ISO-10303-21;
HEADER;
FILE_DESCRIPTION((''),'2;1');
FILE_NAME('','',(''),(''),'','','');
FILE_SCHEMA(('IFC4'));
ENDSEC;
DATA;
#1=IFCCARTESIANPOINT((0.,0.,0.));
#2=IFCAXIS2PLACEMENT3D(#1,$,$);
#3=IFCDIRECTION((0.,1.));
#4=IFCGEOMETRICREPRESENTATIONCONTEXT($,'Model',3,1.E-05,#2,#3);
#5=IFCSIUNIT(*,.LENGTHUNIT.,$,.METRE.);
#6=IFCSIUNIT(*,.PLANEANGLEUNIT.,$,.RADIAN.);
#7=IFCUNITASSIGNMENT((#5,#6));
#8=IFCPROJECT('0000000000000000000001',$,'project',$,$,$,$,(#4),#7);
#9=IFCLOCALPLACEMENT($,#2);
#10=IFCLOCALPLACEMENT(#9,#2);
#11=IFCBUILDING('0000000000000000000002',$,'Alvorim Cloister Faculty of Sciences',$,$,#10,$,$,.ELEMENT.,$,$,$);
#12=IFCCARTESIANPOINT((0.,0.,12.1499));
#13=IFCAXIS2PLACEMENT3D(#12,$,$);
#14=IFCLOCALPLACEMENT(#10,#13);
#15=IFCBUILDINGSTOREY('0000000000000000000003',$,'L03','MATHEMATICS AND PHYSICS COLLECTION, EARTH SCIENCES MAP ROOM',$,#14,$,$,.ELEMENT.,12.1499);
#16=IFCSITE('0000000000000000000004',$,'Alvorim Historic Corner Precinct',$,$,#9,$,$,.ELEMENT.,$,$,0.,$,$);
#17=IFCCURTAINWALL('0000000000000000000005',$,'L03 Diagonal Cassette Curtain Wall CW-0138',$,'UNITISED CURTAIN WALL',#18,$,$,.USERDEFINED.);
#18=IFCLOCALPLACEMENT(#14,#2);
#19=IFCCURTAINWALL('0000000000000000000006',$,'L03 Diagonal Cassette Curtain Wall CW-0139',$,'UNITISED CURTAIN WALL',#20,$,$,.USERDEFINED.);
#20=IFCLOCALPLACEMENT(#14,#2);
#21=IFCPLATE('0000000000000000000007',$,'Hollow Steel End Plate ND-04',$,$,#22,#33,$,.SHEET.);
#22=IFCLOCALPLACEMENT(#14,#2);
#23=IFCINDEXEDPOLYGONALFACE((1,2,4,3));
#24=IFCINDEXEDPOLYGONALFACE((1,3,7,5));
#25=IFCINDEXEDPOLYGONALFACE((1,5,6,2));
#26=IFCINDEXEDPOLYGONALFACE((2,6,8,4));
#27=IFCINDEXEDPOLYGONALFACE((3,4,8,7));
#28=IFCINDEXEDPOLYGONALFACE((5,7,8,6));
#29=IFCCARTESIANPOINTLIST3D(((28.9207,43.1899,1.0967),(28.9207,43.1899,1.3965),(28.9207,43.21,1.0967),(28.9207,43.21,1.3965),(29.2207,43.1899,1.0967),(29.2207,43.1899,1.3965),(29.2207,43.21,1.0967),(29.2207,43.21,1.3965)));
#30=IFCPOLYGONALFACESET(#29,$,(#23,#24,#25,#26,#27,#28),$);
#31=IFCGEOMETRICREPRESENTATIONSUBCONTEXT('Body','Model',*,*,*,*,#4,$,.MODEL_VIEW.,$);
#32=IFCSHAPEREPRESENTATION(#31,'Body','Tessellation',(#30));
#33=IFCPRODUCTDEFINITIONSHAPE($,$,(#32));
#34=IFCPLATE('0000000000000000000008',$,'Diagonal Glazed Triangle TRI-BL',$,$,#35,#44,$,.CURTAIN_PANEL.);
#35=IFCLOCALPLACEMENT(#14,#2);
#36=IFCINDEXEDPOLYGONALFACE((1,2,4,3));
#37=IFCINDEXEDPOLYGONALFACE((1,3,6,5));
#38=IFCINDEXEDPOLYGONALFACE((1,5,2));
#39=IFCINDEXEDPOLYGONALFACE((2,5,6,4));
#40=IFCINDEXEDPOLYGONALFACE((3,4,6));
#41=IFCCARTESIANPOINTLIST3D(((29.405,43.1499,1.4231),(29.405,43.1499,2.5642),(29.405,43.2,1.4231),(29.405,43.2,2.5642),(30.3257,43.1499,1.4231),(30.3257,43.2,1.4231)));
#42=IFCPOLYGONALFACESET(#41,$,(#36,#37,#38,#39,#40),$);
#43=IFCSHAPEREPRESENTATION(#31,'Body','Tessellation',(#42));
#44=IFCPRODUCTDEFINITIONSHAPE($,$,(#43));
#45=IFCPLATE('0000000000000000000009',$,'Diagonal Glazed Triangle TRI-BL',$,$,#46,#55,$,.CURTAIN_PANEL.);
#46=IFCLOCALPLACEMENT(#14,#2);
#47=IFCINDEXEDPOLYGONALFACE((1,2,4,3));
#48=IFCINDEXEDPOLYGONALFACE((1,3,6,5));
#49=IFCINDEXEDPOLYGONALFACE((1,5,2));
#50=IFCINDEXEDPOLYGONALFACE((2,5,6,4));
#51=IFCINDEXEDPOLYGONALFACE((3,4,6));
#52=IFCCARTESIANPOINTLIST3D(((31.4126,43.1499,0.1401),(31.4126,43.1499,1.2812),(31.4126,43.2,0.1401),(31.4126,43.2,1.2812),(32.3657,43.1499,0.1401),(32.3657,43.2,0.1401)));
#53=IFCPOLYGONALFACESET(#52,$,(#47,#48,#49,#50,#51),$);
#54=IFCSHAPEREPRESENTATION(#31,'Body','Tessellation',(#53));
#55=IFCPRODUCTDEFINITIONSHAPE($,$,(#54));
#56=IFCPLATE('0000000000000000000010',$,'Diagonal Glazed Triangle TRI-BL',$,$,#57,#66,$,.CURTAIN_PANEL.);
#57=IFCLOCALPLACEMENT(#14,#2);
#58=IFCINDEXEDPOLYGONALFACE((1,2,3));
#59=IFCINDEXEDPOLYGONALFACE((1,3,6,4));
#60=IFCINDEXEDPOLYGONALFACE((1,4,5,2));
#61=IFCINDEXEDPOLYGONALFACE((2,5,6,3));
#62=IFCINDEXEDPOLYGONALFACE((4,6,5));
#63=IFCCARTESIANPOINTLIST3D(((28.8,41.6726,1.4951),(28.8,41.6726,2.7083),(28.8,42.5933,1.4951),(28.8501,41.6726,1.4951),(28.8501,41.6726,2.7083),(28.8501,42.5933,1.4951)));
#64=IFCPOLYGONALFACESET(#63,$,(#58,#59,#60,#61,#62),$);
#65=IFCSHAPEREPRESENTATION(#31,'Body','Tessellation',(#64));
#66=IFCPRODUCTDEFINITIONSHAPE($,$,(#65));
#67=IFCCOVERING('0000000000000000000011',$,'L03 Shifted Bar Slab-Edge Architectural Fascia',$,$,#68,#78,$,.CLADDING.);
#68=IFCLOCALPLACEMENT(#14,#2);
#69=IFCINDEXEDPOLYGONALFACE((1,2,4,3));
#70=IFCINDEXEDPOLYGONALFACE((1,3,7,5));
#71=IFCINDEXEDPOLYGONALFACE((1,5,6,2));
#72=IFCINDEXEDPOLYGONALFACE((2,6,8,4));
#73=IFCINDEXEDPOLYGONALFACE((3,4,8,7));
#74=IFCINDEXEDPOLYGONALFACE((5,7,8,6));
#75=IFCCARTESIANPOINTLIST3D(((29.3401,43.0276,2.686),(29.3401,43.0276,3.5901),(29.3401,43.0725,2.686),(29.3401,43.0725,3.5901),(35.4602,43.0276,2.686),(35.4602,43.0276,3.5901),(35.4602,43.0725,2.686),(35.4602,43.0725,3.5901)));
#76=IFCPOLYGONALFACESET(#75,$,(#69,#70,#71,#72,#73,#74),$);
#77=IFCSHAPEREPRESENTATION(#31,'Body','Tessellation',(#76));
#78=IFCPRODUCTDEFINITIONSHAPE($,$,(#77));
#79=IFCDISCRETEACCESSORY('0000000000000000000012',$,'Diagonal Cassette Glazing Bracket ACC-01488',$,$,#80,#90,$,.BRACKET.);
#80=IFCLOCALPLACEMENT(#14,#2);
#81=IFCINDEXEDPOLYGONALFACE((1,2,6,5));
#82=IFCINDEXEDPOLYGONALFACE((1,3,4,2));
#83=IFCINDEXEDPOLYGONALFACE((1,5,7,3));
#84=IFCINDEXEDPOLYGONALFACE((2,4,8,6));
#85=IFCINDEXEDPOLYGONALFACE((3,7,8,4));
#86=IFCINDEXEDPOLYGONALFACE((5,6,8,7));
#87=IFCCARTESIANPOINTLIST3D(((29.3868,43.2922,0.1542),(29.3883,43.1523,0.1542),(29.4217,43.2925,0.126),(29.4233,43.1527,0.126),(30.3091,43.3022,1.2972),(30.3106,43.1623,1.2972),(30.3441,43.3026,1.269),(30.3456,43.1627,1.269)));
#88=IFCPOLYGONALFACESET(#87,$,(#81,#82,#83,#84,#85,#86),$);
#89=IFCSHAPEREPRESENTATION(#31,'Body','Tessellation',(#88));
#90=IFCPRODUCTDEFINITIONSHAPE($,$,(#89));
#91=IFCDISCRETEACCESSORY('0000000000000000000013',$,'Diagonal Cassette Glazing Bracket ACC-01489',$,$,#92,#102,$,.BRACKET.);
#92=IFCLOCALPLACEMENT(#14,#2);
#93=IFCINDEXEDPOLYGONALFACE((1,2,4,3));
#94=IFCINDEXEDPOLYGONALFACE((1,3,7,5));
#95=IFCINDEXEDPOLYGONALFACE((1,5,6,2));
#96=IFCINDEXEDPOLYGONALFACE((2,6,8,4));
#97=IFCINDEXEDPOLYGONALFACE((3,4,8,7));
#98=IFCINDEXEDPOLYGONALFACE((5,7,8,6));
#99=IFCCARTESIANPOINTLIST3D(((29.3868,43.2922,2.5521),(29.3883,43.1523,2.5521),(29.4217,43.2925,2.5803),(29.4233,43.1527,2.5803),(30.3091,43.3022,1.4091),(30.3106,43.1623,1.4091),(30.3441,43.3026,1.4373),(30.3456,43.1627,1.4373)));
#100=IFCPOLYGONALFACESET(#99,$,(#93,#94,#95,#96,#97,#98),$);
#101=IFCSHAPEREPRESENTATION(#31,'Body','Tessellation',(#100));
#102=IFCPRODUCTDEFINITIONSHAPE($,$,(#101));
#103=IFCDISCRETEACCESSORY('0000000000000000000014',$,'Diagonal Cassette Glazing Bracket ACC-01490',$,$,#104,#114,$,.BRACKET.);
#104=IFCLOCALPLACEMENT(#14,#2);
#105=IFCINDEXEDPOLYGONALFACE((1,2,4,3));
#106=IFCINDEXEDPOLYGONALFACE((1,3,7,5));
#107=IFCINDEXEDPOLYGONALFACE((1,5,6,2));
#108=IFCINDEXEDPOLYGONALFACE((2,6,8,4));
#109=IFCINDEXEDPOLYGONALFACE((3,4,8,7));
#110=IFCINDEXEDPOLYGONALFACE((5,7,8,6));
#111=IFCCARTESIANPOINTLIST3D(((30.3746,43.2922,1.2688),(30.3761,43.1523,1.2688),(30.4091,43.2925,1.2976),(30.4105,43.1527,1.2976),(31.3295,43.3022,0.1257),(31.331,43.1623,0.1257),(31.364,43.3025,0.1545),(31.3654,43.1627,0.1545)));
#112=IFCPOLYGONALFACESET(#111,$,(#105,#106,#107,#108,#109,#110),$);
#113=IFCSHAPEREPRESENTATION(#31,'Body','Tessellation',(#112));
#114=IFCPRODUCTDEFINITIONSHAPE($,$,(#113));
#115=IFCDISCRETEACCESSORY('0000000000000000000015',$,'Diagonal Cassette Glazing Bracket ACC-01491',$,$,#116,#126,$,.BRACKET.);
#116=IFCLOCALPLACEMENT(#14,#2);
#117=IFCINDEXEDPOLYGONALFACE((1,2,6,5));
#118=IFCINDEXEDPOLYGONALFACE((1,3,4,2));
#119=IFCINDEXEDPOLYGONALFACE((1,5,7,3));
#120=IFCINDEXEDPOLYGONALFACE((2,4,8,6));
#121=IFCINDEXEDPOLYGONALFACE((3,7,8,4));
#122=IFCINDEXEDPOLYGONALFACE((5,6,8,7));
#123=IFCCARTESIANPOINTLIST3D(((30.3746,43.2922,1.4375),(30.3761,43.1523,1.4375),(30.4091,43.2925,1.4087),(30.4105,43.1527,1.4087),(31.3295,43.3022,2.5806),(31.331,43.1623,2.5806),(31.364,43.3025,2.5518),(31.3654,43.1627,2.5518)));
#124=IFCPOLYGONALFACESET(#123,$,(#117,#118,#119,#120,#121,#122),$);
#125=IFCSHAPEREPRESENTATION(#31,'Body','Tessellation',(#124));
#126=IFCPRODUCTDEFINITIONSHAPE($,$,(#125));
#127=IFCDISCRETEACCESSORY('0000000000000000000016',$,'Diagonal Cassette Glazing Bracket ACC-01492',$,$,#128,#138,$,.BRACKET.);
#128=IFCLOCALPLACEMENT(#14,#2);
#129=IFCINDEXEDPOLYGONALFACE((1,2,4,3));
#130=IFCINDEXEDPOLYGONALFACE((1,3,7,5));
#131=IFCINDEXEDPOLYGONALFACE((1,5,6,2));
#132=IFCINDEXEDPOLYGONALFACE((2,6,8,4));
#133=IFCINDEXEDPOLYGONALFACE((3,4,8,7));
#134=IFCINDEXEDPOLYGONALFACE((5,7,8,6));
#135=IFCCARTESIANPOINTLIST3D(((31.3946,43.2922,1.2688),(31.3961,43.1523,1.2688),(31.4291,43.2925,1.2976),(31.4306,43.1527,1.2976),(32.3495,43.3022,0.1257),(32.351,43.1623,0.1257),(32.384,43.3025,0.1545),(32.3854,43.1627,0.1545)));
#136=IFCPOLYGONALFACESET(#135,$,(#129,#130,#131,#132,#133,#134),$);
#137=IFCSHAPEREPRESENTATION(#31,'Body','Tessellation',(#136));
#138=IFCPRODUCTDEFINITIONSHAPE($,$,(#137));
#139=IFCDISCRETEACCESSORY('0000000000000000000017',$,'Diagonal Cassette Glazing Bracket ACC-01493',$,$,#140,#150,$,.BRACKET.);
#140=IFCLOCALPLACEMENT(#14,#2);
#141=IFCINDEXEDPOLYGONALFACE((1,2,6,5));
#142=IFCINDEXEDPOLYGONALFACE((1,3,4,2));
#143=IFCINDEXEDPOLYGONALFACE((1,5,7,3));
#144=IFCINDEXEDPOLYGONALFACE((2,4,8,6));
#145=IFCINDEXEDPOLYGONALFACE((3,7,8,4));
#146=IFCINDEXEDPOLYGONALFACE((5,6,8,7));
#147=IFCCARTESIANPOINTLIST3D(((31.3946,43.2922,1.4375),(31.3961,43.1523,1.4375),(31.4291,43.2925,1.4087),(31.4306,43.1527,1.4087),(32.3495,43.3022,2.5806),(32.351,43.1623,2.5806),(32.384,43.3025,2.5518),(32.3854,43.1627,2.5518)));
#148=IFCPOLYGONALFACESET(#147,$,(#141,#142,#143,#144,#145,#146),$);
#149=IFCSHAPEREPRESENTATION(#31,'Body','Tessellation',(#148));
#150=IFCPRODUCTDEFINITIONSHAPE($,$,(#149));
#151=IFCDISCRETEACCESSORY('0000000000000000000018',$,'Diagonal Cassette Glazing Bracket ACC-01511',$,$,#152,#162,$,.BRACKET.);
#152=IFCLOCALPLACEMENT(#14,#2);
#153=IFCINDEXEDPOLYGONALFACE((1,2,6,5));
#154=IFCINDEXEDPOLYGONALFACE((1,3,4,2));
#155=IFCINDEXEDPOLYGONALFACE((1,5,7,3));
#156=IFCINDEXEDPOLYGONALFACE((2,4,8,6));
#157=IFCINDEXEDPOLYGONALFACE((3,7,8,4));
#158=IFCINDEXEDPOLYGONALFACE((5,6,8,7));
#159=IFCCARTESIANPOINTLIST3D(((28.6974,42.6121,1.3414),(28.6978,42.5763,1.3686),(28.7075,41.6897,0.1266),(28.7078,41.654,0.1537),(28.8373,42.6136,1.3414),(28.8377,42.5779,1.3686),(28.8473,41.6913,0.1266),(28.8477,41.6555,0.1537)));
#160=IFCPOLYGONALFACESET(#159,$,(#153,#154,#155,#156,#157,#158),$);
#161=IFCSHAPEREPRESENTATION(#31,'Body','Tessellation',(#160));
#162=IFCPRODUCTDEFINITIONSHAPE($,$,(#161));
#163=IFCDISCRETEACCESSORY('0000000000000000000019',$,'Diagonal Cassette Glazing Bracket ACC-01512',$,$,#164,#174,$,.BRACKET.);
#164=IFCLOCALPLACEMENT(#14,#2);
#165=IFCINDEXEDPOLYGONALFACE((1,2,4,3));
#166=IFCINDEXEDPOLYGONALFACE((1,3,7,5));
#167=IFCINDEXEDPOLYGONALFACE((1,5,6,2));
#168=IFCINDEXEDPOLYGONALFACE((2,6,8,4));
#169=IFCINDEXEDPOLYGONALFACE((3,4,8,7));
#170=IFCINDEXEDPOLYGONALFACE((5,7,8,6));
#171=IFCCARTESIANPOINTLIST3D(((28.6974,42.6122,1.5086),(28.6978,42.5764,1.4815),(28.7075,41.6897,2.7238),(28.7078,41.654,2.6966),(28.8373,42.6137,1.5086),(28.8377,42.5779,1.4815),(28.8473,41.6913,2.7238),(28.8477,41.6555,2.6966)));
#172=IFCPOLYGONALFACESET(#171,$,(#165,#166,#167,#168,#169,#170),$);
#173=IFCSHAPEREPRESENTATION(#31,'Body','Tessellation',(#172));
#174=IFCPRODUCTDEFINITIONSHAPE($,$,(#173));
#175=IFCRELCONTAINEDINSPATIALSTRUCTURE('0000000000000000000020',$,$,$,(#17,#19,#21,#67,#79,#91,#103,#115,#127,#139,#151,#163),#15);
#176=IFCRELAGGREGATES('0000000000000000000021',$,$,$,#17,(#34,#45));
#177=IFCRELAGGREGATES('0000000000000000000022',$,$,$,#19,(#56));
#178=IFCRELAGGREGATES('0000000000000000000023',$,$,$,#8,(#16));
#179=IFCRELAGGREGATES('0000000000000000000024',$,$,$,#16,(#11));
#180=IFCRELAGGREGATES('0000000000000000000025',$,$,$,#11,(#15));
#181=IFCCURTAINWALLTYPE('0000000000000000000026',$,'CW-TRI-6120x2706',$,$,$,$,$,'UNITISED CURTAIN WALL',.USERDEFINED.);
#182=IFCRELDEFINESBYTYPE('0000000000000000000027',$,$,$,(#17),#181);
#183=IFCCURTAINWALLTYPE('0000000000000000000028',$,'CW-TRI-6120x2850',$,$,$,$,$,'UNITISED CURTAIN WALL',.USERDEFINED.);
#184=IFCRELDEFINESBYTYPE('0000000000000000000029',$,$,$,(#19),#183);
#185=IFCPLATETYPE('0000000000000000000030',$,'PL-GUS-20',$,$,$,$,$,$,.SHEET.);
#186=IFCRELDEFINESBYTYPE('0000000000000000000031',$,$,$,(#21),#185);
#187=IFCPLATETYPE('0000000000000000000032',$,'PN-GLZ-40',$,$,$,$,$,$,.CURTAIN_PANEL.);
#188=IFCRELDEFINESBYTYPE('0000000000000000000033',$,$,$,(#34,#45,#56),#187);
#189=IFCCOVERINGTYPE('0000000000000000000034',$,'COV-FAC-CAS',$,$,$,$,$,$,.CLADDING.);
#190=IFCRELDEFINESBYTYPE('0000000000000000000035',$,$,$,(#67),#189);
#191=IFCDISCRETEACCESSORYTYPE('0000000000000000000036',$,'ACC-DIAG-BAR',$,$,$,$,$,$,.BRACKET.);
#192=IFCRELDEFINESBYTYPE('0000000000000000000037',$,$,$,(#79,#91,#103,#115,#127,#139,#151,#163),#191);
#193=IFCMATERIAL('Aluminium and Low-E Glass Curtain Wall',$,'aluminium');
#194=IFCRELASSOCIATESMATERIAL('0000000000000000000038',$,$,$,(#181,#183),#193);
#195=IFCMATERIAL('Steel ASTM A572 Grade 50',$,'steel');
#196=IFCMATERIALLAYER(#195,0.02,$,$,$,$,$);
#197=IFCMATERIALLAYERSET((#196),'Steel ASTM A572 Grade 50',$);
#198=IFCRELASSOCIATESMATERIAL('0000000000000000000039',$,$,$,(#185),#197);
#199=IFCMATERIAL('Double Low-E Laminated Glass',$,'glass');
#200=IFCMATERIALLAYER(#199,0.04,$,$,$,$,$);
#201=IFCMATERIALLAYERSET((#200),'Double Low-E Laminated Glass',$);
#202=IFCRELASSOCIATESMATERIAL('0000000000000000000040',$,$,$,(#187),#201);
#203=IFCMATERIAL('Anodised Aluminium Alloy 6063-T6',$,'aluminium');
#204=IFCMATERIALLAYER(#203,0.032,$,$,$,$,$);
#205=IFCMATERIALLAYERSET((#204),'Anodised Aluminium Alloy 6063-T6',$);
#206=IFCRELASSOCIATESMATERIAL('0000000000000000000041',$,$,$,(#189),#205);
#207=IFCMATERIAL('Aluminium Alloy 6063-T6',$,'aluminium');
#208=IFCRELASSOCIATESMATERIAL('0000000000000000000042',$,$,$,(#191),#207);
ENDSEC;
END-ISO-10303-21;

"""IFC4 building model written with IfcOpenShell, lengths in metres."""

from ifc_helpers import new_model, si_unit, direction, frame, origin, origin_2d, place, context, subcontext, project, spatial, polyline, rectangle, outline, extrude, material, layer, layer_set, type_object, element, aggregate, save


model = new_model("IFC4")

# Units and contexts
model_context = context("Model", 3, precision=1e-05, world=origin(), true_north=direction((0.0, 1.0)))
body_context = subcontext(model_context, "Body", "Model", "MODEL_VIEW")
ifc_project = project(units=[si_unit("LENGTHUNIT", "METRE"), si_unit("PLANEANGLEUNIT", "RADIAN")], contexts=[model_context])

# Site, building, storey
site_placement = place(None, origin())
site = spatial("IfcSite", under=ifc_project, at=site_placement, Name="Alvorim Historic Corner Precinct", CompositionType="ELEMENT", RefElevation=0.0)
building_placement = place(site_placement, origin())
building = spatial("IfcBuilding", under=site, at=building_placement, Name="Alvorim Cloister Faculty of Sciences", CompositionType="ELEMENT")
storey_placement = place(building_placement, frame((0.0, 0.0, 12.1499)))
storey = spatial("IfcBuildingStorey", under=building, at=storey_placement, Name="L03", Description="MATHEMATICS AND PHYSICS COLLECTION, EARTH SCIENCES MAP ROOM", CompositionType="ELEMENT", Elevation=12.1499)

# Shared definitions
ifc_material_1 = material(Name="Steel ASTM A572 Grade 50", Category="steel")

# Curtain wall
ifc_material_2 = material(Name="Aluminium and Low-E Glass Curtain Wall", Category="aluminium")
curtain_wall_type_1 = type_object("IfcCurtainWallType", Name="CW-TRI-6120x2706", ElementType="UNITISED CURTAIN WALL", PredefinedType="USERDEFINED", material=ifc_material_2)
curtain_wall_1_placement = place(storey_placement, origin())
curtain_wall_1 = element("IfcCurtainWall", 1, at=curtain_wall_1_placement, inside=storey, type_object=curtain_wall_type_1, Name="L03 Diagonal Cassette Curtain Wall CW-0138", ObjectType="UNITISED CURTAIN WALL", PredefinedType="USERDEFINED")
ifc_material_3 = material(Name="Aluminium Alloy 6063-T6", Category="aluminium")

# Curtain wall
curtain_wall_type_2 = type_object("IfcCurtainWallType", Name="CW-TRI-6120x2850", ElementType="UNITISED CURTAIN WALL", PredefinedType="USERDEFINED", material=ifc_material_2)
curtain_wall_2_placement = place(storey_placement, origin())
curtain_wall_2 = element("IfcCurtainWall", 2, at=curtain_wall_2_placement, inside=storey, type_object=curtain_wall_type_2, Name="L03 Diagonal Cassette Curtain Wall CW-0139", ObjectType="UNITISED CURTAIN WALL", PredefinedType="USERDEFINED")

# Plates
ifc_layer_1 = layer(ifc_material_1, 0.02)
ifc_layer_set_1 = layer_set([ifc_layer_1], Name="Steel ASTM A572 Grade 50")
plate_type_1 = type_object("IfcPlateType", Name="PL-GUS-20", PredefinedType="SHEET", material=ifc_layer_set_1)
plate_1_placement = place(storey_placement, frame((28.9207, 43.2, 1.0967), z_axis=(0.0, 0.0, 1.0), x_axis=(1.0, 0.0, 0.0)))
element("IfcPlate", 3, at=plate_1_placement, inside=storey, type_object=plate_type_1, Name="Hollow Steel End Plate ND-04", PredefinedType="SHEET", context=body_context, shape_type="SweptSolid", body=[
    extrude(outline(polyline([(0.0, 0.0), (0.3, 0.0), (0.3, 0.2998), (0.0, 0.2998), (0.0, 0.0)])), frame((0.0, 0.01, 0.0), z_axis=(0.0, -1.0, 0.0), x_axis=(1.0, 0.0, 0.0)), (0.0, 0.0, 1.0), 0.02),
])
ifc_material_4 = material(Name="Double Low-E Laminated Glass", Category="glass")
ifc_layer_2 = layer(ifc_material_4, 0.04)
ifc_layer_set_2 = layer_set([ifc_layer_2], Name="Double Low-E Laminated Glass")
plate_type_2 = type_object("IfcPlateType", Name="PN-GLZ-40", PredefinedType="CURTAIN_PANEL", material=ifc_layer_set_2)
plate_2_placement = place(storey_placement, frame((29.405, 43.175, 1.4231), z_axis=(0.0, 0.0, 1.0), x_axis=(1.0, 0.0, 0.0)))
plate_2 = element("IfcPlate", 4, at=plate_2_placement, type_object=plate_type_2, Name="Diagonal Glazed Triangle TRI-BL", PredefinedType="CURTAIN_PANEL", context=body_context, shape_type="SweptSolid", body=[
    extrude(outline(polyline([(0.0, 0.0), (0.9207, 0.0), (0.0, 1.1411), (0.0, 0.0)])), frame((0.0, 0.0249, 0.0), z_axis=(0.0, -1.0, 0.0), x_axis=(1.0, 0.0, 0.0)), (0.0, 0.0, 1.0), 0.05),
])
plate_3_placement = place(storey_placement, frame((31.4126, 43.175, 0.1401), z_axis=(0.0, 0.0, 1.0), x_axis=(1.0, 0.0, 0.0)))
plate_3 = element("IfcPlate", 5, at=plate_3_placement, type_object=plate_type_2, Name="Diagonal Glazed Triangle TRI-BL", PredefinedType="CURTAIN_PANEL", context=body_context, shape_type="SweptSolid", body=[
    extrude(outline(polyline([(0.0, 0.0), (0.9531, 0.0), (0.0, 1.1411), (0.0, 0.0)])), frame((0.0, 0.0249, 0.0), z_axis=(0.0, -1.0, 0.0), x_axis=(1.0, 0.0, 0.0)), (0.0, 0.0, 1.0), 0.05),
])
aggregate(curtain_wall_1, [plate_2, plate_3])
plate_4_placement = place(storey_placement, frame((28.825, 41.6726, 1.4951), z_axis=(0.0, 0.0, 1.0), x_axis=(0.0, 1.0, 0.0)))
plate_4 = element("IfcPlate", 6, at=plate_4_placement, type_object=plate_type_2, Name="Diagonal Glazed Triangle TRI-BL", PredefinedType="CURTAIN_PANEL", context=body_context, shape_type="SweptSolid", body=[
    extrude(outline(polyline([(0.0, 0.0), (0.9207, 0.0), (0.0, 1.2131), (0.0, 0.0)])), frame((0.0, 0.0249, 0.0), z_axis=(0.0, -1.0, 0.0), x_axis=(1.0, 0.0, 0.0)), (0.0, 0.0, 1.0), 0.05),
])
aggregate(curtain_wall_2, [plate_4])

# Covering
ifc_material_5 = material(Name="Anodised Aluminium Alloy 6063-T6", Category="aluminium")
ifc_layer_3 = layer(ifc_material_5, 0.032)
ifc_layer_set_3 = layer_set([ifc_layer_3], Name="Anodised Aluminium Alloy 6063-T6")
covering_type = type_object("IfcCoveringType", Name="COV-FAC-CAS", PredefinedType="CLADDING", material=ifc_layer_set_3)
covering_placement = place(storey_placement, frame((29.3401, 43.05, 2.686), z_axis=(0.0, 0.0, 1.0), x_axis=(1.0, 0.0, 0.0)))
element("IfcCovering", 7, at=covering_placement, inside=storey, type_object=covering_type, Name="L03 Shifted Bar Slab-Edge Architectural Fascia", PredefinedType="CLADDING", context=body_context, shape_type="SweptSolid", body=[
    extrude(outline(polyline([(0.0, 0.0), (6.1201, 0.0), (6.1201, 0.9041), (0.0, 0.9041), (0.0, 0.0)])), frame((0.0, 0.0225, 0.0), z_axis=(0.0, -1.0, 0.0), x_axis=(1.0, 0.0, 0.0)), (0.0, 0.0, 1.0), 0.0449),
])

# Discrete accessories
discrete_accessory_type = type_object("IfcDiscreteAccessoryType", Name="ACC-DIAG-BAR", PredefinedType="BRACKET", material=ifc_material_3)
for number, where, z_axis, x_axis, name in (
    (8, (29.405, 43.2224, 0.1401), (0.627959, 0.006815, 0.778217), (-0.010852, 0.999941, 0.0), "Diagonal Cassette Glazing Bracket ACC-01488"),
    (9, (29.405, 43.2224, 2.5662), (0.627959, 0.006815, -0.778217), (-0.010852, 0.999941, 0.0), "Diagonal Cassette Glazing Bracket ACC-01489"),
):
    element("IfcDiscreteAccessory", number, at=place(storey_placement, frame(where, z_axis=z_axis, x_axis=x_axis)), inside=storey, type_object=discrete_accessory_type, Name=name, PredefinedType="BRACKET", context=body_context, shape_type="SweptSolid", body=[
        extrude(rectangle(XDim=0.1399, YDim=0.0449, at=origin_2d()), origin(), (0.0, 0.0, 1.0), 1.4688),
    ])
for number, where, z_axis, x_axis, name in (
    (10, (30.3926, 43.2224, 1.2832), (0.641072, 0.006721, -0.767451), (-0.010483, 0.999945, 0.0), "Diagonal Cassette Glazing Bracket ACC-01490"),
    (11, (30.3926, 43.2224, 1.4231), (0.641072, 0.006721, 0.767451), (-0.010483, 0.999945, 0.0), "Diagonal Cassette Glazing Bracket ACC-01491"),
    (12, (31.4126, 43.2224, 1.2832), (0.641072, 0.006721, -0.767451), (-0.010483, 0.999945, 0.0), "Diagonal Cassette Glazing Bracket ACC-01492"),
    (13, (31.4126, 43.2224, 1.4231), (0.641072, 0.006721, 0.767451), (-0.010483, 0.999945, 0.0), "Diagonal Cassette Glazing Bracket ACC-01493"),
):
    element("IfcDiscreteAccessory", number, at=place(storey_placement, frame(where, z_axis=z_axis, x_axis=x_axis)), inside=storey, type_object=discrete_accessory_type, Name=name, PredefinedType="BRACKET", context=body_context, shape_type="SweptSolid", body=[
        extrude(rectangle(XDim=0.1399, YDim=0.0449, at=origin_2d()), origin(), (0.0, 0.0, 1.0), 1.4895),
    ])
discrete_accessory_1_placement = place(storey_placement, frame((28.7776, 41.6726, 0.1401), z_axis=(-0.006562, 0.604689, 0.796435), x_axis=(-0.999941, -0.010852, 0.0)))
element("IfcDiscreteAccessory", 14, at=discrete_accessory_1_placement, inside=storey, type_object=discrete_accessory_type, Name="Diagonal Cassette Glazing Bracket ACC-01511", PredefinedType="BRACKET", context=body_context, shape_type="SweptSolid", body=[
    extrude(rectangle(XDim=0.1399, YDim=0.0449, at=origin_2d()), origin(), (0.0, 0.0, 1.0), 1.5254),
])
discrete_accessory_2_placement = place(storey_placement, frame((28.7776, 41.6726, 2.7102), z_axis=(-0.006561, 0.604612, -0.796493), x_axis=(-0.999941, -0.010852, 0.0)))
element("IfcDiscreteAccessory", 15, at=discrete_accessory_2_placement, inside=storey, type_object=discrete_accessory_type, Name="Diagonal Cassette Glazing Bracket ACC-01512", PredefinedType="BRACKET", context=body_context, shape_type="SweptSolid", body=[
    extrude(rectangle(XDim=0.1399, YDim=0.0449, at=origin_2d()), origin(), (0.0, 0.0, 1.0), 1.5256),
])

save(model, "model.ifc")
